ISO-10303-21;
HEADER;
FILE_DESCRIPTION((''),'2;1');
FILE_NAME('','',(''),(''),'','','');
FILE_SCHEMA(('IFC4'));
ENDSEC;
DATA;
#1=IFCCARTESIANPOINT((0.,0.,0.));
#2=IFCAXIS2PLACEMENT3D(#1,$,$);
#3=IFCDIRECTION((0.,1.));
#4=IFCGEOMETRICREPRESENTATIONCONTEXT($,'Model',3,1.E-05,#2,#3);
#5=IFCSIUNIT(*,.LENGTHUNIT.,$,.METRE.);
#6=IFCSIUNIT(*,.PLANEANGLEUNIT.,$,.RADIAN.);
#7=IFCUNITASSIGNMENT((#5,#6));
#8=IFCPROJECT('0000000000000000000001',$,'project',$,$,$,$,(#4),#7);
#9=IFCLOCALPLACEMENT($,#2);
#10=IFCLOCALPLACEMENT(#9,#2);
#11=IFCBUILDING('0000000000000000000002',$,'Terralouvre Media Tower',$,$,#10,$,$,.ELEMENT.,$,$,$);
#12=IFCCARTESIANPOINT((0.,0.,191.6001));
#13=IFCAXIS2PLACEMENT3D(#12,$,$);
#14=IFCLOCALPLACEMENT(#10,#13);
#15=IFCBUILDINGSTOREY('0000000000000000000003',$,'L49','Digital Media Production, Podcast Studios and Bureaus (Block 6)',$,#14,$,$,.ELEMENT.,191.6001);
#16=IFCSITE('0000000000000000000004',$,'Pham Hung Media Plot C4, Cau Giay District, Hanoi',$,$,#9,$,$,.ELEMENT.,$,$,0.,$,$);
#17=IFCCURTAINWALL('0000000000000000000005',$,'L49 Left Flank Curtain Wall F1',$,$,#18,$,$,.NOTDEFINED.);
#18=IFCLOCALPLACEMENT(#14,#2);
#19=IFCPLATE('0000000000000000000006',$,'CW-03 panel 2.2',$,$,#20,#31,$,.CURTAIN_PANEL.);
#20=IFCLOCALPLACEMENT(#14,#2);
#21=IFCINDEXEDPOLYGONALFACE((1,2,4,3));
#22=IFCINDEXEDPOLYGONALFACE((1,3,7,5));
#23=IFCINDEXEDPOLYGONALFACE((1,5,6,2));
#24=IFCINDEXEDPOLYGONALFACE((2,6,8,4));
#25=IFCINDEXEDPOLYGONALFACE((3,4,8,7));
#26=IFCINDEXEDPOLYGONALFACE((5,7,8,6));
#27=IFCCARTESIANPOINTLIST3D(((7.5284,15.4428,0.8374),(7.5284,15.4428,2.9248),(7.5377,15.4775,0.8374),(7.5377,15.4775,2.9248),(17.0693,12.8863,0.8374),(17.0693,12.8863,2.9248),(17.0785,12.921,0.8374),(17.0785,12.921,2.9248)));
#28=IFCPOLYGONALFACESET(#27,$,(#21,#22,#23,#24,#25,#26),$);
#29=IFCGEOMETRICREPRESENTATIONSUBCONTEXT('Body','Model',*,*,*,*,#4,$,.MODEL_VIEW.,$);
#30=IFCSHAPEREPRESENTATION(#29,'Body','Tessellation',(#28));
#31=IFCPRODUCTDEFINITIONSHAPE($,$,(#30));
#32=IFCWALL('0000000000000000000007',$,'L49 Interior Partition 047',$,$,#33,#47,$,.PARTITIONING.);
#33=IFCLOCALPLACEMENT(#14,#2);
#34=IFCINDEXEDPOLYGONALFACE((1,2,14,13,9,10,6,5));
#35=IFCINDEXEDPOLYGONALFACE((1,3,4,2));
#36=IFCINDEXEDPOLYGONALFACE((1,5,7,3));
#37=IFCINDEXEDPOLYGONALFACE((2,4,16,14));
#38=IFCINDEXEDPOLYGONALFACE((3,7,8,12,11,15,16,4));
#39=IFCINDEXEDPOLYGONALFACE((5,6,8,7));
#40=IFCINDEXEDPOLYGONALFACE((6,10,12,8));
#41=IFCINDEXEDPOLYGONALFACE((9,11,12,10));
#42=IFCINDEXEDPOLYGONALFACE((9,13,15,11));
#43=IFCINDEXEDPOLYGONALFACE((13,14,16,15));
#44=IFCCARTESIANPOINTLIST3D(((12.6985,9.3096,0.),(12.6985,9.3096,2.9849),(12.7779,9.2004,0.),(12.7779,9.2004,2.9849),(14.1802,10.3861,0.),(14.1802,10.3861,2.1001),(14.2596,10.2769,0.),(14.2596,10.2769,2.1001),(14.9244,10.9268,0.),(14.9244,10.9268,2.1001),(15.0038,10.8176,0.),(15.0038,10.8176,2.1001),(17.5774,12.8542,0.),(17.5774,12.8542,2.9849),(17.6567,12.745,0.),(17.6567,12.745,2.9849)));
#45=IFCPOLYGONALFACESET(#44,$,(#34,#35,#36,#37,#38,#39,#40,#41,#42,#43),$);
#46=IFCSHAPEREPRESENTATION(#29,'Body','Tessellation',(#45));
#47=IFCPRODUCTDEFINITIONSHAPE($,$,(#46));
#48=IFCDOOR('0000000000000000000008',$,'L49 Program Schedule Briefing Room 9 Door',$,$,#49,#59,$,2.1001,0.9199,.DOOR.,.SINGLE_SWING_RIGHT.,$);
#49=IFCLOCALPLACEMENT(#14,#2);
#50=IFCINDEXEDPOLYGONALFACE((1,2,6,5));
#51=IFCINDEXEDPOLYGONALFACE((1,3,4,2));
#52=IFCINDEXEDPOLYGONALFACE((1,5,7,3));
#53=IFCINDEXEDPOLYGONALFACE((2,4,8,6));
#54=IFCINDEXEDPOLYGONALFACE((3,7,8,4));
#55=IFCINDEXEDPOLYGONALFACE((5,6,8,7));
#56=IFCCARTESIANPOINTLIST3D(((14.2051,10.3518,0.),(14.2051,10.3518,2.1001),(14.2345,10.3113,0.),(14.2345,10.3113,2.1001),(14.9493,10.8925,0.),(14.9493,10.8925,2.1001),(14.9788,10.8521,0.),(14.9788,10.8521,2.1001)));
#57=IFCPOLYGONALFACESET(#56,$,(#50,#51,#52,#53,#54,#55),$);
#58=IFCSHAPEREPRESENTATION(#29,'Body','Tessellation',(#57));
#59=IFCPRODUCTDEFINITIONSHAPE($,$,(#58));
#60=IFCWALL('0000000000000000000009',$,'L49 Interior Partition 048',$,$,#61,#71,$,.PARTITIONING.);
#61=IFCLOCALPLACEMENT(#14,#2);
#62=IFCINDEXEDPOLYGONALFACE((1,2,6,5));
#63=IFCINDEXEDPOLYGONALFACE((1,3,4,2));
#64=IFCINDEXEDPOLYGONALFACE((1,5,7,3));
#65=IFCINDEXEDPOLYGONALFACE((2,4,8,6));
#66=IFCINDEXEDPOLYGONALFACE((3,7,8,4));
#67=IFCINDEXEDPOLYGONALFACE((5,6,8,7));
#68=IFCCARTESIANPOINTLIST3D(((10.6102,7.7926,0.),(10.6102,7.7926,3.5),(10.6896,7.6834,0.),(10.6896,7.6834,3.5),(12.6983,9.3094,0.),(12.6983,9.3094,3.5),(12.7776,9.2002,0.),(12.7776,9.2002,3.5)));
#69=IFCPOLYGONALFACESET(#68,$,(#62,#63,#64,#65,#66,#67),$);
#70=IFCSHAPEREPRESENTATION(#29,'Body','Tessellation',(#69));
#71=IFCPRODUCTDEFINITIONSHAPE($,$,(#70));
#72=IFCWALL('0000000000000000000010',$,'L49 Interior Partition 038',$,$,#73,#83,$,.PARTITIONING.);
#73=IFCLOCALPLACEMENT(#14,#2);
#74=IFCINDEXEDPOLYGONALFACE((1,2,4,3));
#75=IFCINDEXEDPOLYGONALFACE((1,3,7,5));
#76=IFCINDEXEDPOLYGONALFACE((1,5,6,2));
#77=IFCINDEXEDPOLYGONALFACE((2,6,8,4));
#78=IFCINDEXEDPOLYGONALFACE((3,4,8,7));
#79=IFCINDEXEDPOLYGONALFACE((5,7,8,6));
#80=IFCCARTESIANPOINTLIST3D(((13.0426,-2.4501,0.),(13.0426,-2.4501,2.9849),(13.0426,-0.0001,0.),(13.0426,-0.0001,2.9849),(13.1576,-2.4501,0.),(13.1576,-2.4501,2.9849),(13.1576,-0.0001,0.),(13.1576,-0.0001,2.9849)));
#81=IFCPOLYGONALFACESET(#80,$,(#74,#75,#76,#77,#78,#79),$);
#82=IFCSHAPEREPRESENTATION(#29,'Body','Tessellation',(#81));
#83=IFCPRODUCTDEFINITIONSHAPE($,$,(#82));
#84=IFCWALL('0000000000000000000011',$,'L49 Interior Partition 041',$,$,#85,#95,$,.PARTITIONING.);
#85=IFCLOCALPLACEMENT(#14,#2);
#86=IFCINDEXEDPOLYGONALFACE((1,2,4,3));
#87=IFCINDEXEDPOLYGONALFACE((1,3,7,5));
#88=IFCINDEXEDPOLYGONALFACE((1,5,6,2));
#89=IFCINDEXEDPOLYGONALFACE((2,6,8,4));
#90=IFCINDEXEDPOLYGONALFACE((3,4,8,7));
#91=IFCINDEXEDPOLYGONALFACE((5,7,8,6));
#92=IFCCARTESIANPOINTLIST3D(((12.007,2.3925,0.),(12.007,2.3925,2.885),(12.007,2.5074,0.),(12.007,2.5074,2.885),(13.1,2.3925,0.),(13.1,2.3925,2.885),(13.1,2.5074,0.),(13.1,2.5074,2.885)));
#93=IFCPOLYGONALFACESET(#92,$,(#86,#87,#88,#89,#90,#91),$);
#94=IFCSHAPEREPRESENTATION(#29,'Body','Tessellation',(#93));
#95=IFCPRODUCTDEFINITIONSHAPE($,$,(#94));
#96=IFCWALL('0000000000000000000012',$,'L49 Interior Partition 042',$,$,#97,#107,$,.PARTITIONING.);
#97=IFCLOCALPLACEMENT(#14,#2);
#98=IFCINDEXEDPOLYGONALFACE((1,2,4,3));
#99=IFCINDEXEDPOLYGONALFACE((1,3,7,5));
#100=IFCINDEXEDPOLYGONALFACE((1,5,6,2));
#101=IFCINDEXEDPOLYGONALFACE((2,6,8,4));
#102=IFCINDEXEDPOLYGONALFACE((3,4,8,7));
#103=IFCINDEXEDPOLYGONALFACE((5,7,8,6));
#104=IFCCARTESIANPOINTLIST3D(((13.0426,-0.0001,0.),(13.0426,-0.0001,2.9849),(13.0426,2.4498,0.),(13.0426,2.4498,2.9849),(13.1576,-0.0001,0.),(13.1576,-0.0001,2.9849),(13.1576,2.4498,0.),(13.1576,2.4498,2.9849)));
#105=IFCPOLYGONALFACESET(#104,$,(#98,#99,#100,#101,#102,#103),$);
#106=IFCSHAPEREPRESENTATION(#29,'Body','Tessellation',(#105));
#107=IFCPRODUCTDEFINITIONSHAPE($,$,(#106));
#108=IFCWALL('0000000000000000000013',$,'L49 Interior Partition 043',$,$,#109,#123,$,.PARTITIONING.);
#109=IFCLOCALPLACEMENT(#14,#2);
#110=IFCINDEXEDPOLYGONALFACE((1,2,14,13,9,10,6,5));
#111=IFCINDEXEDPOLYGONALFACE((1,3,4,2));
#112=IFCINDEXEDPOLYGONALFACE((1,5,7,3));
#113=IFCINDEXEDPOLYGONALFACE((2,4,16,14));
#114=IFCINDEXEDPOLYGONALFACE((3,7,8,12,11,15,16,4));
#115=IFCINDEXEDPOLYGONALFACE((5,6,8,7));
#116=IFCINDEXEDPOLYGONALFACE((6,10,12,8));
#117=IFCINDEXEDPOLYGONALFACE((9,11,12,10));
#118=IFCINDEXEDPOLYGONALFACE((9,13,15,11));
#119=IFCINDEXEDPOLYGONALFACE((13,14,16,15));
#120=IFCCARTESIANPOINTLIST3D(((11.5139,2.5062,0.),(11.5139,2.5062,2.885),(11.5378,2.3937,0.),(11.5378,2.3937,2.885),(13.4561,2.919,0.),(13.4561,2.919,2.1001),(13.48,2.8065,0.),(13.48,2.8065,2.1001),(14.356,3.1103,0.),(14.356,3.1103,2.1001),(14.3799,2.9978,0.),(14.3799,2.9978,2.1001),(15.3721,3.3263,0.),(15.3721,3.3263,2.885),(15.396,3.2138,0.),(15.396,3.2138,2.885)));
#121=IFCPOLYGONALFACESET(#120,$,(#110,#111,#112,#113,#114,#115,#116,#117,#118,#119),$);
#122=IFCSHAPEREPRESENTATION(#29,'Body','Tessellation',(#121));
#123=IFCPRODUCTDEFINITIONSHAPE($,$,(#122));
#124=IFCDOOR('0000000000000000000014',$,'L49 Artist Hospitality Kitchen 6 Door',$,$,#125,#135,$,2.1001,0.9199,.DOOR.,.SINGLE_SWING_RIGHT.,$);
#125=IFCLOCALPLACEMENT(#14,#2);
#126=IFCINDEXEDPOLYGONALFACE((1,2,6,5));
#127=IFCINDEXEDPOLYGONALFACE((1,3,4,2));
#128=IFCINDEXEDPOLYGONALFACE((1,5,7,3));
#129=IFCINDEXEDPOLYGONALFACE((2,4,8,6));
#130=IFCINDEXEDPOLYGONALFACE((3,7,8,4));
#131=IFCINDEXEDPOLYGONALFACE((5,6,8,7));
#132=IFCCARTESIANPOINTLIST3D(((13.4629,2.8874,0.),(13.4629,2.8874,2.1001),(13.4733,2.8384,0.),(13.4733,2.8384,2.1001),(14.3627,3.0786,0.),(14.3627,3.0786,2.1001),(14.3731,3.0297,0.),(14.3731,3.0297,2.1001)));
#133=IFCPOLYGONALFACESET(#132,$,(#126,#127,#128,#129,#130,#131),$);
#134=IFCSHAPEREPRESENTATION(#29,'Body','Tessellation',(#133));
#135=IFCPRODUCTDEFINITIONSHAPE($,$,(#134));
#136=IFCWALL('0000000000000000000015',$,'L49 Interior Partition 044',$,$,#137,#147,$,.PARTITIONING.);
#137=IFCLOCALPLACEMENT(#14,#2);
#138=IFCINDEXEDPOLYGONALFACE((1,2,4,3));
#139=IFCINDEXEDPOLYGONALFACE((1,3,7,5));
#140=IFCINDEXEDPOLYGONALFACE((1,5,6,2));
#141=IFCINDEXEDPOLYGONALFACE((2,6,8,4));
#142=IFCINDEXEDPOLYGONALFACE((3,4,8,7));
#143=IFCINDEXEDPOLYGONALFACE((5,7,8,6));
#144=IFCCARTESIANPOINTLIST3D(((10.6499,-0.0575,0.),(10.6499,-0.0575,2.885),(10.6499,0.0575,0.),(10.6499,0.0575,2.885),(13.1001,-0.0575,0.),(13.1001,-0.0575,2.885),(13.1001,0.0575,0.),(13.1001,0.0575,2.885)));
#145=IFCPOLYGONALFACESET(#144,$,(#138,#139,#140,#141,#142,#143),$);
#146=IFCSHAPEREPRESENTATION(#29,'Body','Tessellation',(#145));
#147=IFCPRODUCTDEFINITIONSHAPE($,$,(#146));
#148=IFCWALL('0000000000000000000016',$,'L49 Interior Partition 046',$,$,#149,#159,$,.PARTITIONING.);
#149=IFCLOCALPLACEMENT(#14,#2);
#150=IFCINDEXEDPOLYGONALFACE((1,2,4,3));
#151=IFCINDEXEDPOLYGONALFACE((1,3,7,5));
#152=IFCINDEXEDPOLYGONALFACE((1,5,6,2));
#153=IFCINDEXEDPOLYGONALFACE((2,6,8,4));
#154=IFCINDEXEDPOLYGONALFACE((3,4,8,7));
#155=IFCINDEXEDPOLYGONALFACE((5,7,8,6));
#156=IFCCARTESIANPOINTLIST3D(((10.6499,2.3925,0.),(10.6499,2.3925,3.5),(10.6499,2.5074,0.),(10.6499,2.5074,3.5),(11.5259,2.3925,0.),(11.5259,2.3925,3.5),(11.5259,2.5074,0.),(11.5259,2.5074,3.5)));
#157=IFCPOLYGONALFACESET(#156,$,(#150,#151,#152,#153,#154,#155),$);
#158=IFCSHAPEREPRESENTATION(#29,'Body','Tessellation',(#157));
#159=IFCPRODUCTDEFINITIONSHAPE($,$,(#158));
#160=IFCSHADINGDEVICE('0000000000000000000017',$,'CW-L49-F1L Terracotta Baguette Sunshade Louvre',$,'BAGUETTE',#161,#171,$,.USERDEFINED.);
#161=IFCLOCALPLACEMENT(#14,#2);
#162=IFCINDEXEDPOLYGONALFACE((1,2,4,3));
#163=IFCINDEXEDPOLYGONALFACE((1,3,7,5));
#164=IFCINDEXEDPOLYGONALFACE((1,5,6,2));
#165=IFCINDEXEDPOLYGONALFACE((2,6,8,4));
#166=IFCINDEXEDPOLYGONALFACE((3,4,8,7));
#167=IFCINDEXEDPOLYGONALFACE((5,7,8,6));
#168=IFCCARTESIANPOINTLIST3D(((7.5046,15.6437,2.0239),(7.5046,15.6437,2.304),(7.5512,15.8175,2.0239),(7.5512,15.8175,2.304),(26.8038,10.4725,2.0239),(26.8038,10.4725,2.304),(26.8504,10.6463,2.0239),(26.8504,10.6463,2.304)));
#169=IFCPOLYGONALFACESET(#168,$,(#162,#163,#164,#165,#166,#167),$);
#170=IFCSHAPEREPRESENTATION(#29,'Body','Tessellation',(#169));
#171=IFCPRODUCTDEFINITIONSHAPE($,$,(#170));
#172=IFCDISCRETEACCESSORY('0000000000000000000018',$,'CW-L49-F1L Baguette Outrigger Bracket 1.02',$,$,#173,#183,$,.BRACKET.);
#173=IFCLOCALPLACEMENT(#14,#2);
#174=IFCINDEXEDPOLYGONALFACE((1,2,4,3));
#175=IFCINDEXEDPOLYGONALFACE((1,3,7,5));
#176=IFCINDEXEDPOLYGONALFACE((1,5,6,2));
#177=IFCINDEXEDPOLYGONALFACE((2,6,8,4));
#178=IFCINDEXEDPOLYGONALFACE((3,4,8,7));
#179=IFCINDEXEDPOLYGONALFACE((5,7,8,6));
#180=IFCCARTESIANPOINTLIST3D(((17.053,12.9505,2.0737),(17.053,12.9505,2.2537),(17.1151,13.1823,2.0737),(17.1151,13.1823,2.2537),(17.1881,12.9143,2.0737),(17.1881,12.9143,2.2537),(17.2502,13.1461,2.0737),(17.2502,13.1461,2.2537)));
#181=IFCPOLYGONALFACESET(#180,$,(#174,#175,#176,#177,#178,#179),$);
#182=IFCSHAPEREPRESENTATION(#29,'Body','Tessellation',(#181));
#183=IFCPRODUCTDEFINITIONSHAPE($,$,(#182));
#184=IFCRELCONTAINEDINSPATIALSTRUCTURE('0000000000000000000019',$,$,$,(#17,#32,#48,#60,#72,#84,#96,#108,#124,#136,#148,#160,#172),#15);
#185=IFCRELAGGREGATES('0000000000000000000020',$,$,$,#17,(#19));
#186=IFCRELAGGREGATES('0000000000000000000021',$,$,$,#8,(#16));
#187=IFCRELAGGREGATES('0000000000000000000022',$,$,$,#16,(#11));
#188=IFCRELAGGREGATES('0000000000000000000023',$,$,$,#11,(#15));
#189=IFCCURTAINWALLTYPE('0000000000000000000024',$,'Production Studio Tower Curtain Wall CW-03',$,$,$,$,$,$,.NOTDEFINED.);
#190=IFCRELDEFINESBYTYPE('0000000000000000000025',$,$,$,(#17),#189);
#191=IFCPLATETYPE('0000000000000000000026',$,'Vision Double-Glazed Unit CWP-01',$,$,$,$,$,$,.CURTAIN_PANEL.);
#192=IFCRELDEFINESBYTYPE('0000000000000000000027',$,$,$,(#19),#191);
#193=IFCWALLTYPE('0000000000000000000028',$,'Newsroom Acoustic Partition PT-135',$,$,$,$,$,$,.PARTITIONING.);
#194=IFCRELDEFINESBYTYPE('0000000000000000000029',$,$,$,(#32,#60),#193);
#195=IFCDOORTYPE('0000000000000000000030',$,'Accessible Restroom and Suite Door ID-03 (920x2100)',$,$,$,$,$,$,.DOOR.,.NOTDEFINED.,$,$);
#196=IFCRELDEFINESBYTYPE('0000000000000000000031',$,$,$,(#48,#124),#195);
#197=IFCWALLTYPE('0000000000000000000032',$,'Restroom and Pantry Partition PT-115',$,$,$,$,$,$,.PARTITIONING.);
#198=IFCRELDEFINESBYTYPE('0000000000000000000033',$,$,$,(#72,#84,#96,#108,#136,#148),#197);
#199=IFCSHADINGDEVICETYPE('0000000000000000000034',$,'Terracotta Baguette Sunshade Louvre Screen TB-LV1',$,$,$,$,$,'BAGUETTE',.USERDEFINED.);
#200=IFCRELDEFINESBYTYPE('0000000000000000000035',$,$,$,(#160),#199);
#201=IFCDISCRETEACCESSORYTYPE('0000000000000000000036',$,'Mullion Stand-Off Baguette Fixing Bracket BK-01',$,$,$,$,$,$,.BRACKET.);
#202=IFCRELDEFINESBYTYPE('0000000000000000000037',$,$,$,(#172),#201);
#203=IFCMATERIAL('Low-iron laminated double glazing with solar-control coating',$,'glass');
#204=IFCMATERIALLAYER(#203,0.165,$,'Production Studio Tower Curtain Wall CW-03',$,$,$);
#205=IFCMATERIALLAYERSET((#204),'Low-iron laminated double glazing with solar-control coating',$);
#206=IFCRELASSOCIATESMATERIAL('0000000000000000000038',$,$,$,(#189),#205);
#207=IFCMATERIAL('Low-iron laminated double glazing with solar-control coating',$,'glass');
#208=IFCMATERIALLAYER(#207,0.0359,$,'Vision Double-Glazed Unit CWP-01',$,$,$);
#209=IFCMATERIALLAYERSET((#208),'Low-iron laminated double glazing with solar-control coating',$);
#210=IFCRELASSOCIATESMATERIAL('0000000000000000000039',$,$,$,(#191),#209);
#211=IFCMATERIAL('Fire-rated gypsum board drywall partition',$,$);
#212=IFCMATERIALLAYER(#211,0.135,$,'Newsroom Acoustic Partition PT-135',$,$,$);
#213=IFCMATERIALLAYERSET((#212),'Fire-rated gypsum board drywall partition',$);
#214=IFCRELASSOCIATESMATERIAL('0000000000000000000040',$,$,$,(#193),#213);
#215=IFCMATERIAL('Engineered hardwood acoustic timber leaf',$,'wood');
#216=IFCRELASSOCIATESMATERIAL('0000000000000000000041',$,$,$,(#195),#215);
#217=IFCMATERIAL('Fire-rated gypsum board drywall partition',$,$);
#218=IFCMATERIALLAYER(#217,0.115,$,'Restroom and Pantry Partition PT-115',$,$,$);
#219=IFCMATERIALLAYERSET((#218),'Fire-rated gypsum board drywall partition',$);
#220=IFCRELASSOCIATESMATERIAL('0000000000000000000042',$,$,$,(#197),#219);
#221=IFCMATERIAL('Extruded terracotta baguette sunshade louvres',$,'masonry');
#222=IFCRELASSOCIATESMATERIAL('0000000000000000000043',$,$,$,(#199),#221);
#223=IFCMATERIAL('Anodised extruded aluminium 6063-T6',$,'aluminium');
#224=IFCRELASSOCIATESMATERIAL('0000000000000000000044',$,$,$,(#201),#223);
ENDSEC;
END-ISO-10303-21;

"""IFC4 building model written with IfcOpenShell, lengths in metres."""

from ifc_helpers import new_model, si_unit, direction, frame, frame_2d, origin, origin_2d, place, context, subcontext, project, spatial, rectangle, extrude, material, layer, layer_set, type_object, element, fill, aggregate, save


model = new_model("IFC4")

# Units and contexts
model_context = context("Model", 3, precision=1e-05, world=origin(), true_north=direction((0.0, 1.0)))
body_context = subcontext(model_context, "Body", "Model", "MODEL_VIEW")
ifc_project = project(units=[si_unit("LENGTHUNIT", "METRE"), si_unit("PLANEANGLEUNIT", "RADIAN")], contexts=[model_context])

# Site, building, storey
site_placement = place(None, origin())
site = spatial("IfcSite", under=ifc_project, at=site_placement, Name="Pham Hung Media Plot C4, Cau Giay District, Hanoi", CompositionType="ELEMENT", RefElevation=0.0)
building_placement = place(site_placement, origin())
building = spatial("IfcBuilding", under=site, at=building_placement, Name="Terralouvre Media Tower", CompositionType="ELEMENT")
storey_placement = place(building_placement, frame((0.0, 0.0, 191.6001)))
storey = spatial("IfcBuildingStorey", under=building, at=storey_placement, Name="L49", Description="Digital Media Production, Podcast Studios and Bureaus (Block 6)", CompositionType="ELEMENT", Elevation=191.6001)

# Curtain wall
ifc_material_1 = material(Name="Low-iron laminated double glazing with solar-control coating", Category="glass")
ifc_layer_1 = layer(ifc_material_1, 0.165, Name="Production Studio Tower Curtain Wall CW-03")
ifc_layer_set_1 = layer_set([ifc_layer_1], Name="Low-iron laminated double glazing with solar-control coating")
curtain_wall_type = type_object("IfcCurtainWallType", Name="Production Studio Tower Curtain Wall CW-03", PredefinedType="NOTDEFINED", material=ifc_layer_set_1)
curtain_wall_placement = place(storey_placement, origin())
curtain_wall = element("IfcCurtainWall", 1, at=curtain_wall_placement, inside=storey, type_object=curtain_wall_type, Name="L49 Left Flank Curtain Wall F1", PredefinedType="NOTDEFINED")

# Plate
ifc_material_2 = material(Name="Low-iron laminated double glazing with solar-control coating", Category="glass")
ifc_layer_2 = layer(ifc_material_2, 0.0359, Name="Vision Double-Glazed Unit CWP-01")
ifc_layer_set_2 = layer_set([ifc_layer_2], Name="Low-iron laminated double glazing with solar-control coating")
plate_type = type_object("IfcPlateType", Name="Vision Double-Glazed Unit CWP-01", PredefinedType="CURTAIN_PANEL", material=ifc_layer_set_2)
plate_1_placement = place(storey_placement, frame((12.3035, 14.1819, 0.8374), z_axis=(0.0, 0.0, 1.0), x_axis=(-0.965926, 0.258819, 0.0)))
plate_1 = element("IfcPlate", 2, at=plate_1_placement, type_object=plate_type, Name="CW-03 panel 2.2", PredefinedType="CURTAIN_PANEL", context=body_context, shape_type="SweptSolid", body=[
    extrude(rectangle(XDim=9.8774, YDim=0.0359, at=origin_2d()), origin(), (0.0, 0.0, 1.0), 2.0874),
])
aggregate(curtain_wall, [plate_1])

# Wall, opening, door
ifc_material_3 = material(Name="Fire-rated gypsum board drywall partition")
ifc_layer_3 = layer(ifc_material_3, 0.135, Name="Newsroom Acoustic Partition PT-135")
ifc_layer_set_3 = layer_set([ifc_layer_3], Name="Fire-rated gypsum board drywall partition")
wall_type_1 = type_object("IfcWallType", Name="Newsroom Acoustic Partition PT-135", PredefinedType="PARTITIONING", material=ifc_layer_set_3)
wall_1_placement = place(storey_placement, frame((17.6169, 12.7996, 0.0), z_axis=(0.0, 0.0, 1.0), x_axis=(-0.809021, -0.587779, 0.0)))
wall_1 = element("IfcWall", 3, at=wall_1_placement, inside=storey, type_object=wall_type_1, Name="L49 Interior Partition 047", PredefinedType="PARTITIONING", context=body_context, shape_type="SweptSolid", body=[
    extrude(rectangle(XDim=6.0305, YDim=0.135, at=frame_2d((3.0151, 0.0))), origin(), (0.0, 0.0, 1.0), 2.9849),
])
opening_1_placement = place(wall_1_placement, frame((3.2791, 0.0, 0.0)))
opening_1 = element("IfcOpeningElement", 4, at=opening_1_placement, cuts=wall_1, PredefinedType="OPENING", context=body_context, shape_type="SweptSolid", body=[
    extrude(rectangle(XDim=0.9199, YDim=2.1001, at=frame_2d((0.46, 1.05))), frame((0.0, 0.0774, 0.0), z_axis=(0.0, -1.0, 0.0), x_axis=(1.0, 0.0, 0.0)), (0.0, 0.0, 1.0), 0.155),
])
ifc_material_4 = material(Name="Engineered hardwood acoustic timber leaf", Category="wood")
door_type = type_object("IfcDoorType", Name="Accessible Restroom and Suite Door ID-03 (920x2100)", OperationType="NOTDEFINED", PredefinedType="DOOR", material=ifc_material_4)
door_1_placement = place(opening_1_placement, origin())
door_1 = element("IfcDoor", 5, at=door_1_placement, inside=storey, type_object=door_type, Name="L49 Program Schedule Briefing Room 9 Door", OperationType="SINGLE_SWING_RIGHT", OverallHeight=2.1001, OverallWidth=0.9199, PredefinedType="DOOR", context=body_context, shape_type="SweptSolid", body=[
    extrude(rectangle(XDim=0.9199, YDim=2.1001, at=frame_2d((0.46, 1.05))), frame((0.0, 0.0249, 0.0), z_axis=(0.0, -1.0, 0.0), x_axis=(1.0, 0.0, 0.0)), (0.0, 0.0, 1.0), 0.05),
])
fill(opening_1, door_1)

# Walls
wall_2_placement = place(storey_placement, frame((12.738, 9.2549, 0.0), z_axis=(0.0, 0.0, 1.0), x_axis=(-0.809067, -0.587716, 0.0)))
element("IfcWall", 6, at=wall_2_placement, inside=storey, type_object=wall_type_1, Name="L49 Interior Partition 048", PredefinedType="PARTITIONING", context=body_context, shape_type="SweptSolid", body=[
    extrude(rectangle(XDim=2.5808, YDim=0.135, at=frame_2d((1.2905, 0.0))), origin(), (0.0, 0.0, 1.0), 3.5),
])
ifc_material_5 = material(Name="Fire-rated gypsum board drywall partition")
ifc_layer_4 = layer(ifc_material_5, 0.115, Name="Restroom and Pantry Partition PT-115")
ifc_layer_set_4 = layer_set([ifc_layer_4], Name="Fire-rated gypsum board drywall partition")
wall_type_2 = type_object("IfcWallType", Name="Restroom and Pantry Partition PT-115", PredefinedType="PARTITIONING", material=ifc_layer_set_4)
wall_3_placement = place(storey_placement, frame((13.1001, 0.0, 0.0), z_axis=(0.0, 0.0, 1.0), x_axis=(0.0, -1.0, 0.0)))
element("IfcWall", 7, at=wall_3_placement, inside=storey, type_object=wall_type_2, Name="L49 Interior Partition 038", PredefinedType="PARTITIONING", context=body_context, shape_type="SweptSolid", body=[
    extrude(rectangle(XDim=2.45, YDim=0.115, at=frame_2d((1.2251, 0.0))), origin(), (0.0, 0.0, 1.0), 2.9849),
])
wall_4_placement = place(storey_placement, frame((12.0071, 2.45, 0.0), z_axis=(0.0, 0.0, 1.0), x_axis=(1.0, 0.0, 0.0)))
element("IfcWall", 8, at=wall_4_placement, inside=storey, type_object=wall_type_2, Name="L49 Interior Partition 041", PredefinedType="PARTITIONING", context=body_context, shape_type="SweptSolid", body=[
    extrude(rectangle(XDim=1.093, YDim=0.115, at=frame_2d((0.5464, 0.0))), origin(), (0.0, 0.0, 1.0), 2.885),
])
wall_5_placement = place(storey_placement, frame((13.1001, 2.45, 0.0), z_axis=(0.0, 0.0, 1.0), x_axis=(0.0, -1.0, 0.0)))
element("IfcWall", 9, at=wall_5_placement, inside=storey, type_object=wall_type_2, Name="L49 Interior Partition 042", PredefinedType="PARTITIONING", context=body_context, shape_type="SweptSolid", body=[
    extrude(rectangle(XDim=2.45, YDim=0.115, at=frame_2d((1.2251, 0.0))), origin(), (0.0, 0.0, 1.0), 2.9849),
])

# Wall, opening, door
wall_6_placement = place(storey_placement, frame((15.384, 3.27, 0.0), z_axis=(0.0, 0.0, 1.0), x_axis=(-0.978148, -0.20791, 0.0)))
wall_6 = element("IfcWall", 10, at=wall_6_placement, inside=storey, type_object=wall_type_2, Name="L49 Interior Partition 043", PredefinedType="PARTITIONING", context=body_context, shape_type="SweptSolid", body=[
    extrude(rectangle(XDim=3.9443, YDim=0.115, at=frame_2d((1.9722, 0.0))), origin(), (0.0, 0.0, 1.0), 2.885),
])
opening_2_placement = place(wall_6_placement, frame((1.0388, 0.0, 0.0)))
opening_2 = element("IfcOpeningElement", 11, at=opening_2_placement, cuts=wall_6, PredefinedType="OPENING", context=body_context, shape_type="SweptSolid", body=[
    extrude(rectangle(XDim=0.9199, YDim=2.1001, at=frame_2d((0.46, 1.05))), frame((0.0, 0.0674, 0.0), z_axis=(0.0, -1.0, 0.0), x_axis=(1.0, 0.0, 0.0)), (0.0, 0.0, 1.0), 0.135),
])
door_2_placement = place(opening_2_placement, origin())
door_2 = element("IfcDoor", 12, at=door_2_placement, inside=storey, type_object=door_type, Name="L49 Artist Hospitality Kitchen 6 Door", OperationType="SINGLE_SWING_RIGHT", OverallHeight=2.1001, OverallWidth=0.9199, PredefinedType="DOOR", context=body_context, shape_type="SweptSolid", body=[
    extrude(rectangle(XDim=0.9199, YDim=2.1001, at=frame_2d((0.46, 1.05))), frame((0.0, 0.0249, 0.0), z_axis=(0.0, -1.0, 0.0), x_axis=(1.0, 0.0, 0.0)), (0.0, 0.0, 1.0), 0.05),
])
fill(opening_2, door_2)

# Walls
wall_7_placement = place(storey_placement, frame((13.1001, 0.0, 0.0), z_axis=(0.0, 0.0, 1.0), x_axis=(-1.0, 0.0, 0.0)))
element("IfcWall", 13, at=wall_7_placement, inside=storey, type_object=wall_type_2, Name="L49 Interior Partition 044", PredefinedType="PARTITIONING", context=body_context, shape_type="SweptSolid", body=[
    extrude(rectangle(XDim=2.4502, YDim=0.115, at=frame_2d((1.2251, 0.0))), origin(), (0.0, 0.0, 1.0), 2.885),
])
wall_8_placement = place(storey_placement, frame((11.5259, 2.45, 0.0), z_axis=(0.0, 0.0, 1.0), x_axis=(-1.0, 0.0, 0.0)))
element("IfcWall", 14, at=wall_8_placement, inside=storey, type_object=wall_type_2, Name="L49 Interior Partition 046", PredefinedType="PARTITIONING", context=body_context, shape_type="SweptSolid", body=[
    extrude(rectangle(XDim=0.876, YDim=0.115, at=frame_2d((0.438, 0.0))), origin(), (0.0, 0.0, 1.0), 3.5),
])

# Shading device
ifc_material_6 = material(Name="Extruded terracotta baguette sunshade louvres", Category="masonry")
shading_device_type = type_object("IfcShadingDeviceType", Name="Terracotta Baguette Sunshade Louvre Screen TB-LV1", ElementType="BAGUETTE", PredefinedType="USERDEFINED", material=ifc_material_6)
shading_device_placement = place(storey_placement, frame((17.1775, 13.145, 2.0239), z_axis=(0.0, 0.0, 1.0), x_axis=(-0.965926, 0.258819, 0.0)))
element("IfcShadingDevice", 15, at=shading_device_placement, inside=storey, type_object=shading_device_type, Name="CW-L49-F1L Terracotta Baguette Sunshade Louvre", ObjectType="BAGUETTE", PredefinedType="USERDEFINED", context=body_context, shape_type="SweptSolid", body=[
    extrude(rectangle(XDim=19.98, YDim=0.1799, at=origin_2d()), origin(), (0.0, 0.0, 1.0), 0.28),
])

# Discrete accessory
ifc_material_7 = material(Name="Anodised extruded aluminium 6063-T6", Category="aluminium")
discrete_accessory_type = type_object("IfcDiscreteAccessoryType", Name="Mullion Stand-Off Baguette Fixing Bracket BK-01", PredefinedType="BRACKET", material=ifc_material_7)
discrete_accessory_placement = place(storey_placement, frame((17.1516, 13.0483, 2.0737), z_axis=(0.0, 0.0, 1.0), x_axis=(-0.965926, 0.258819, 0.0)))
element("IfcDiscreteAccessory", 16, at=discrete_accessory_placement, inside=storey, type_object=discrete_accessory_type, Name="CW-L49-F1L Baguette Outrigger Bracket 1.02", PredefinedType="BRACKET", context=body_context, shape_type="SweptSolid", body=[
    extrude(rectangle(XDim=0.1399, YDim=0.24, at=origin_2d()), origin(), (0.0, 0.0, 1.0), 0.1799),
])

save(model, "model.ifc")
